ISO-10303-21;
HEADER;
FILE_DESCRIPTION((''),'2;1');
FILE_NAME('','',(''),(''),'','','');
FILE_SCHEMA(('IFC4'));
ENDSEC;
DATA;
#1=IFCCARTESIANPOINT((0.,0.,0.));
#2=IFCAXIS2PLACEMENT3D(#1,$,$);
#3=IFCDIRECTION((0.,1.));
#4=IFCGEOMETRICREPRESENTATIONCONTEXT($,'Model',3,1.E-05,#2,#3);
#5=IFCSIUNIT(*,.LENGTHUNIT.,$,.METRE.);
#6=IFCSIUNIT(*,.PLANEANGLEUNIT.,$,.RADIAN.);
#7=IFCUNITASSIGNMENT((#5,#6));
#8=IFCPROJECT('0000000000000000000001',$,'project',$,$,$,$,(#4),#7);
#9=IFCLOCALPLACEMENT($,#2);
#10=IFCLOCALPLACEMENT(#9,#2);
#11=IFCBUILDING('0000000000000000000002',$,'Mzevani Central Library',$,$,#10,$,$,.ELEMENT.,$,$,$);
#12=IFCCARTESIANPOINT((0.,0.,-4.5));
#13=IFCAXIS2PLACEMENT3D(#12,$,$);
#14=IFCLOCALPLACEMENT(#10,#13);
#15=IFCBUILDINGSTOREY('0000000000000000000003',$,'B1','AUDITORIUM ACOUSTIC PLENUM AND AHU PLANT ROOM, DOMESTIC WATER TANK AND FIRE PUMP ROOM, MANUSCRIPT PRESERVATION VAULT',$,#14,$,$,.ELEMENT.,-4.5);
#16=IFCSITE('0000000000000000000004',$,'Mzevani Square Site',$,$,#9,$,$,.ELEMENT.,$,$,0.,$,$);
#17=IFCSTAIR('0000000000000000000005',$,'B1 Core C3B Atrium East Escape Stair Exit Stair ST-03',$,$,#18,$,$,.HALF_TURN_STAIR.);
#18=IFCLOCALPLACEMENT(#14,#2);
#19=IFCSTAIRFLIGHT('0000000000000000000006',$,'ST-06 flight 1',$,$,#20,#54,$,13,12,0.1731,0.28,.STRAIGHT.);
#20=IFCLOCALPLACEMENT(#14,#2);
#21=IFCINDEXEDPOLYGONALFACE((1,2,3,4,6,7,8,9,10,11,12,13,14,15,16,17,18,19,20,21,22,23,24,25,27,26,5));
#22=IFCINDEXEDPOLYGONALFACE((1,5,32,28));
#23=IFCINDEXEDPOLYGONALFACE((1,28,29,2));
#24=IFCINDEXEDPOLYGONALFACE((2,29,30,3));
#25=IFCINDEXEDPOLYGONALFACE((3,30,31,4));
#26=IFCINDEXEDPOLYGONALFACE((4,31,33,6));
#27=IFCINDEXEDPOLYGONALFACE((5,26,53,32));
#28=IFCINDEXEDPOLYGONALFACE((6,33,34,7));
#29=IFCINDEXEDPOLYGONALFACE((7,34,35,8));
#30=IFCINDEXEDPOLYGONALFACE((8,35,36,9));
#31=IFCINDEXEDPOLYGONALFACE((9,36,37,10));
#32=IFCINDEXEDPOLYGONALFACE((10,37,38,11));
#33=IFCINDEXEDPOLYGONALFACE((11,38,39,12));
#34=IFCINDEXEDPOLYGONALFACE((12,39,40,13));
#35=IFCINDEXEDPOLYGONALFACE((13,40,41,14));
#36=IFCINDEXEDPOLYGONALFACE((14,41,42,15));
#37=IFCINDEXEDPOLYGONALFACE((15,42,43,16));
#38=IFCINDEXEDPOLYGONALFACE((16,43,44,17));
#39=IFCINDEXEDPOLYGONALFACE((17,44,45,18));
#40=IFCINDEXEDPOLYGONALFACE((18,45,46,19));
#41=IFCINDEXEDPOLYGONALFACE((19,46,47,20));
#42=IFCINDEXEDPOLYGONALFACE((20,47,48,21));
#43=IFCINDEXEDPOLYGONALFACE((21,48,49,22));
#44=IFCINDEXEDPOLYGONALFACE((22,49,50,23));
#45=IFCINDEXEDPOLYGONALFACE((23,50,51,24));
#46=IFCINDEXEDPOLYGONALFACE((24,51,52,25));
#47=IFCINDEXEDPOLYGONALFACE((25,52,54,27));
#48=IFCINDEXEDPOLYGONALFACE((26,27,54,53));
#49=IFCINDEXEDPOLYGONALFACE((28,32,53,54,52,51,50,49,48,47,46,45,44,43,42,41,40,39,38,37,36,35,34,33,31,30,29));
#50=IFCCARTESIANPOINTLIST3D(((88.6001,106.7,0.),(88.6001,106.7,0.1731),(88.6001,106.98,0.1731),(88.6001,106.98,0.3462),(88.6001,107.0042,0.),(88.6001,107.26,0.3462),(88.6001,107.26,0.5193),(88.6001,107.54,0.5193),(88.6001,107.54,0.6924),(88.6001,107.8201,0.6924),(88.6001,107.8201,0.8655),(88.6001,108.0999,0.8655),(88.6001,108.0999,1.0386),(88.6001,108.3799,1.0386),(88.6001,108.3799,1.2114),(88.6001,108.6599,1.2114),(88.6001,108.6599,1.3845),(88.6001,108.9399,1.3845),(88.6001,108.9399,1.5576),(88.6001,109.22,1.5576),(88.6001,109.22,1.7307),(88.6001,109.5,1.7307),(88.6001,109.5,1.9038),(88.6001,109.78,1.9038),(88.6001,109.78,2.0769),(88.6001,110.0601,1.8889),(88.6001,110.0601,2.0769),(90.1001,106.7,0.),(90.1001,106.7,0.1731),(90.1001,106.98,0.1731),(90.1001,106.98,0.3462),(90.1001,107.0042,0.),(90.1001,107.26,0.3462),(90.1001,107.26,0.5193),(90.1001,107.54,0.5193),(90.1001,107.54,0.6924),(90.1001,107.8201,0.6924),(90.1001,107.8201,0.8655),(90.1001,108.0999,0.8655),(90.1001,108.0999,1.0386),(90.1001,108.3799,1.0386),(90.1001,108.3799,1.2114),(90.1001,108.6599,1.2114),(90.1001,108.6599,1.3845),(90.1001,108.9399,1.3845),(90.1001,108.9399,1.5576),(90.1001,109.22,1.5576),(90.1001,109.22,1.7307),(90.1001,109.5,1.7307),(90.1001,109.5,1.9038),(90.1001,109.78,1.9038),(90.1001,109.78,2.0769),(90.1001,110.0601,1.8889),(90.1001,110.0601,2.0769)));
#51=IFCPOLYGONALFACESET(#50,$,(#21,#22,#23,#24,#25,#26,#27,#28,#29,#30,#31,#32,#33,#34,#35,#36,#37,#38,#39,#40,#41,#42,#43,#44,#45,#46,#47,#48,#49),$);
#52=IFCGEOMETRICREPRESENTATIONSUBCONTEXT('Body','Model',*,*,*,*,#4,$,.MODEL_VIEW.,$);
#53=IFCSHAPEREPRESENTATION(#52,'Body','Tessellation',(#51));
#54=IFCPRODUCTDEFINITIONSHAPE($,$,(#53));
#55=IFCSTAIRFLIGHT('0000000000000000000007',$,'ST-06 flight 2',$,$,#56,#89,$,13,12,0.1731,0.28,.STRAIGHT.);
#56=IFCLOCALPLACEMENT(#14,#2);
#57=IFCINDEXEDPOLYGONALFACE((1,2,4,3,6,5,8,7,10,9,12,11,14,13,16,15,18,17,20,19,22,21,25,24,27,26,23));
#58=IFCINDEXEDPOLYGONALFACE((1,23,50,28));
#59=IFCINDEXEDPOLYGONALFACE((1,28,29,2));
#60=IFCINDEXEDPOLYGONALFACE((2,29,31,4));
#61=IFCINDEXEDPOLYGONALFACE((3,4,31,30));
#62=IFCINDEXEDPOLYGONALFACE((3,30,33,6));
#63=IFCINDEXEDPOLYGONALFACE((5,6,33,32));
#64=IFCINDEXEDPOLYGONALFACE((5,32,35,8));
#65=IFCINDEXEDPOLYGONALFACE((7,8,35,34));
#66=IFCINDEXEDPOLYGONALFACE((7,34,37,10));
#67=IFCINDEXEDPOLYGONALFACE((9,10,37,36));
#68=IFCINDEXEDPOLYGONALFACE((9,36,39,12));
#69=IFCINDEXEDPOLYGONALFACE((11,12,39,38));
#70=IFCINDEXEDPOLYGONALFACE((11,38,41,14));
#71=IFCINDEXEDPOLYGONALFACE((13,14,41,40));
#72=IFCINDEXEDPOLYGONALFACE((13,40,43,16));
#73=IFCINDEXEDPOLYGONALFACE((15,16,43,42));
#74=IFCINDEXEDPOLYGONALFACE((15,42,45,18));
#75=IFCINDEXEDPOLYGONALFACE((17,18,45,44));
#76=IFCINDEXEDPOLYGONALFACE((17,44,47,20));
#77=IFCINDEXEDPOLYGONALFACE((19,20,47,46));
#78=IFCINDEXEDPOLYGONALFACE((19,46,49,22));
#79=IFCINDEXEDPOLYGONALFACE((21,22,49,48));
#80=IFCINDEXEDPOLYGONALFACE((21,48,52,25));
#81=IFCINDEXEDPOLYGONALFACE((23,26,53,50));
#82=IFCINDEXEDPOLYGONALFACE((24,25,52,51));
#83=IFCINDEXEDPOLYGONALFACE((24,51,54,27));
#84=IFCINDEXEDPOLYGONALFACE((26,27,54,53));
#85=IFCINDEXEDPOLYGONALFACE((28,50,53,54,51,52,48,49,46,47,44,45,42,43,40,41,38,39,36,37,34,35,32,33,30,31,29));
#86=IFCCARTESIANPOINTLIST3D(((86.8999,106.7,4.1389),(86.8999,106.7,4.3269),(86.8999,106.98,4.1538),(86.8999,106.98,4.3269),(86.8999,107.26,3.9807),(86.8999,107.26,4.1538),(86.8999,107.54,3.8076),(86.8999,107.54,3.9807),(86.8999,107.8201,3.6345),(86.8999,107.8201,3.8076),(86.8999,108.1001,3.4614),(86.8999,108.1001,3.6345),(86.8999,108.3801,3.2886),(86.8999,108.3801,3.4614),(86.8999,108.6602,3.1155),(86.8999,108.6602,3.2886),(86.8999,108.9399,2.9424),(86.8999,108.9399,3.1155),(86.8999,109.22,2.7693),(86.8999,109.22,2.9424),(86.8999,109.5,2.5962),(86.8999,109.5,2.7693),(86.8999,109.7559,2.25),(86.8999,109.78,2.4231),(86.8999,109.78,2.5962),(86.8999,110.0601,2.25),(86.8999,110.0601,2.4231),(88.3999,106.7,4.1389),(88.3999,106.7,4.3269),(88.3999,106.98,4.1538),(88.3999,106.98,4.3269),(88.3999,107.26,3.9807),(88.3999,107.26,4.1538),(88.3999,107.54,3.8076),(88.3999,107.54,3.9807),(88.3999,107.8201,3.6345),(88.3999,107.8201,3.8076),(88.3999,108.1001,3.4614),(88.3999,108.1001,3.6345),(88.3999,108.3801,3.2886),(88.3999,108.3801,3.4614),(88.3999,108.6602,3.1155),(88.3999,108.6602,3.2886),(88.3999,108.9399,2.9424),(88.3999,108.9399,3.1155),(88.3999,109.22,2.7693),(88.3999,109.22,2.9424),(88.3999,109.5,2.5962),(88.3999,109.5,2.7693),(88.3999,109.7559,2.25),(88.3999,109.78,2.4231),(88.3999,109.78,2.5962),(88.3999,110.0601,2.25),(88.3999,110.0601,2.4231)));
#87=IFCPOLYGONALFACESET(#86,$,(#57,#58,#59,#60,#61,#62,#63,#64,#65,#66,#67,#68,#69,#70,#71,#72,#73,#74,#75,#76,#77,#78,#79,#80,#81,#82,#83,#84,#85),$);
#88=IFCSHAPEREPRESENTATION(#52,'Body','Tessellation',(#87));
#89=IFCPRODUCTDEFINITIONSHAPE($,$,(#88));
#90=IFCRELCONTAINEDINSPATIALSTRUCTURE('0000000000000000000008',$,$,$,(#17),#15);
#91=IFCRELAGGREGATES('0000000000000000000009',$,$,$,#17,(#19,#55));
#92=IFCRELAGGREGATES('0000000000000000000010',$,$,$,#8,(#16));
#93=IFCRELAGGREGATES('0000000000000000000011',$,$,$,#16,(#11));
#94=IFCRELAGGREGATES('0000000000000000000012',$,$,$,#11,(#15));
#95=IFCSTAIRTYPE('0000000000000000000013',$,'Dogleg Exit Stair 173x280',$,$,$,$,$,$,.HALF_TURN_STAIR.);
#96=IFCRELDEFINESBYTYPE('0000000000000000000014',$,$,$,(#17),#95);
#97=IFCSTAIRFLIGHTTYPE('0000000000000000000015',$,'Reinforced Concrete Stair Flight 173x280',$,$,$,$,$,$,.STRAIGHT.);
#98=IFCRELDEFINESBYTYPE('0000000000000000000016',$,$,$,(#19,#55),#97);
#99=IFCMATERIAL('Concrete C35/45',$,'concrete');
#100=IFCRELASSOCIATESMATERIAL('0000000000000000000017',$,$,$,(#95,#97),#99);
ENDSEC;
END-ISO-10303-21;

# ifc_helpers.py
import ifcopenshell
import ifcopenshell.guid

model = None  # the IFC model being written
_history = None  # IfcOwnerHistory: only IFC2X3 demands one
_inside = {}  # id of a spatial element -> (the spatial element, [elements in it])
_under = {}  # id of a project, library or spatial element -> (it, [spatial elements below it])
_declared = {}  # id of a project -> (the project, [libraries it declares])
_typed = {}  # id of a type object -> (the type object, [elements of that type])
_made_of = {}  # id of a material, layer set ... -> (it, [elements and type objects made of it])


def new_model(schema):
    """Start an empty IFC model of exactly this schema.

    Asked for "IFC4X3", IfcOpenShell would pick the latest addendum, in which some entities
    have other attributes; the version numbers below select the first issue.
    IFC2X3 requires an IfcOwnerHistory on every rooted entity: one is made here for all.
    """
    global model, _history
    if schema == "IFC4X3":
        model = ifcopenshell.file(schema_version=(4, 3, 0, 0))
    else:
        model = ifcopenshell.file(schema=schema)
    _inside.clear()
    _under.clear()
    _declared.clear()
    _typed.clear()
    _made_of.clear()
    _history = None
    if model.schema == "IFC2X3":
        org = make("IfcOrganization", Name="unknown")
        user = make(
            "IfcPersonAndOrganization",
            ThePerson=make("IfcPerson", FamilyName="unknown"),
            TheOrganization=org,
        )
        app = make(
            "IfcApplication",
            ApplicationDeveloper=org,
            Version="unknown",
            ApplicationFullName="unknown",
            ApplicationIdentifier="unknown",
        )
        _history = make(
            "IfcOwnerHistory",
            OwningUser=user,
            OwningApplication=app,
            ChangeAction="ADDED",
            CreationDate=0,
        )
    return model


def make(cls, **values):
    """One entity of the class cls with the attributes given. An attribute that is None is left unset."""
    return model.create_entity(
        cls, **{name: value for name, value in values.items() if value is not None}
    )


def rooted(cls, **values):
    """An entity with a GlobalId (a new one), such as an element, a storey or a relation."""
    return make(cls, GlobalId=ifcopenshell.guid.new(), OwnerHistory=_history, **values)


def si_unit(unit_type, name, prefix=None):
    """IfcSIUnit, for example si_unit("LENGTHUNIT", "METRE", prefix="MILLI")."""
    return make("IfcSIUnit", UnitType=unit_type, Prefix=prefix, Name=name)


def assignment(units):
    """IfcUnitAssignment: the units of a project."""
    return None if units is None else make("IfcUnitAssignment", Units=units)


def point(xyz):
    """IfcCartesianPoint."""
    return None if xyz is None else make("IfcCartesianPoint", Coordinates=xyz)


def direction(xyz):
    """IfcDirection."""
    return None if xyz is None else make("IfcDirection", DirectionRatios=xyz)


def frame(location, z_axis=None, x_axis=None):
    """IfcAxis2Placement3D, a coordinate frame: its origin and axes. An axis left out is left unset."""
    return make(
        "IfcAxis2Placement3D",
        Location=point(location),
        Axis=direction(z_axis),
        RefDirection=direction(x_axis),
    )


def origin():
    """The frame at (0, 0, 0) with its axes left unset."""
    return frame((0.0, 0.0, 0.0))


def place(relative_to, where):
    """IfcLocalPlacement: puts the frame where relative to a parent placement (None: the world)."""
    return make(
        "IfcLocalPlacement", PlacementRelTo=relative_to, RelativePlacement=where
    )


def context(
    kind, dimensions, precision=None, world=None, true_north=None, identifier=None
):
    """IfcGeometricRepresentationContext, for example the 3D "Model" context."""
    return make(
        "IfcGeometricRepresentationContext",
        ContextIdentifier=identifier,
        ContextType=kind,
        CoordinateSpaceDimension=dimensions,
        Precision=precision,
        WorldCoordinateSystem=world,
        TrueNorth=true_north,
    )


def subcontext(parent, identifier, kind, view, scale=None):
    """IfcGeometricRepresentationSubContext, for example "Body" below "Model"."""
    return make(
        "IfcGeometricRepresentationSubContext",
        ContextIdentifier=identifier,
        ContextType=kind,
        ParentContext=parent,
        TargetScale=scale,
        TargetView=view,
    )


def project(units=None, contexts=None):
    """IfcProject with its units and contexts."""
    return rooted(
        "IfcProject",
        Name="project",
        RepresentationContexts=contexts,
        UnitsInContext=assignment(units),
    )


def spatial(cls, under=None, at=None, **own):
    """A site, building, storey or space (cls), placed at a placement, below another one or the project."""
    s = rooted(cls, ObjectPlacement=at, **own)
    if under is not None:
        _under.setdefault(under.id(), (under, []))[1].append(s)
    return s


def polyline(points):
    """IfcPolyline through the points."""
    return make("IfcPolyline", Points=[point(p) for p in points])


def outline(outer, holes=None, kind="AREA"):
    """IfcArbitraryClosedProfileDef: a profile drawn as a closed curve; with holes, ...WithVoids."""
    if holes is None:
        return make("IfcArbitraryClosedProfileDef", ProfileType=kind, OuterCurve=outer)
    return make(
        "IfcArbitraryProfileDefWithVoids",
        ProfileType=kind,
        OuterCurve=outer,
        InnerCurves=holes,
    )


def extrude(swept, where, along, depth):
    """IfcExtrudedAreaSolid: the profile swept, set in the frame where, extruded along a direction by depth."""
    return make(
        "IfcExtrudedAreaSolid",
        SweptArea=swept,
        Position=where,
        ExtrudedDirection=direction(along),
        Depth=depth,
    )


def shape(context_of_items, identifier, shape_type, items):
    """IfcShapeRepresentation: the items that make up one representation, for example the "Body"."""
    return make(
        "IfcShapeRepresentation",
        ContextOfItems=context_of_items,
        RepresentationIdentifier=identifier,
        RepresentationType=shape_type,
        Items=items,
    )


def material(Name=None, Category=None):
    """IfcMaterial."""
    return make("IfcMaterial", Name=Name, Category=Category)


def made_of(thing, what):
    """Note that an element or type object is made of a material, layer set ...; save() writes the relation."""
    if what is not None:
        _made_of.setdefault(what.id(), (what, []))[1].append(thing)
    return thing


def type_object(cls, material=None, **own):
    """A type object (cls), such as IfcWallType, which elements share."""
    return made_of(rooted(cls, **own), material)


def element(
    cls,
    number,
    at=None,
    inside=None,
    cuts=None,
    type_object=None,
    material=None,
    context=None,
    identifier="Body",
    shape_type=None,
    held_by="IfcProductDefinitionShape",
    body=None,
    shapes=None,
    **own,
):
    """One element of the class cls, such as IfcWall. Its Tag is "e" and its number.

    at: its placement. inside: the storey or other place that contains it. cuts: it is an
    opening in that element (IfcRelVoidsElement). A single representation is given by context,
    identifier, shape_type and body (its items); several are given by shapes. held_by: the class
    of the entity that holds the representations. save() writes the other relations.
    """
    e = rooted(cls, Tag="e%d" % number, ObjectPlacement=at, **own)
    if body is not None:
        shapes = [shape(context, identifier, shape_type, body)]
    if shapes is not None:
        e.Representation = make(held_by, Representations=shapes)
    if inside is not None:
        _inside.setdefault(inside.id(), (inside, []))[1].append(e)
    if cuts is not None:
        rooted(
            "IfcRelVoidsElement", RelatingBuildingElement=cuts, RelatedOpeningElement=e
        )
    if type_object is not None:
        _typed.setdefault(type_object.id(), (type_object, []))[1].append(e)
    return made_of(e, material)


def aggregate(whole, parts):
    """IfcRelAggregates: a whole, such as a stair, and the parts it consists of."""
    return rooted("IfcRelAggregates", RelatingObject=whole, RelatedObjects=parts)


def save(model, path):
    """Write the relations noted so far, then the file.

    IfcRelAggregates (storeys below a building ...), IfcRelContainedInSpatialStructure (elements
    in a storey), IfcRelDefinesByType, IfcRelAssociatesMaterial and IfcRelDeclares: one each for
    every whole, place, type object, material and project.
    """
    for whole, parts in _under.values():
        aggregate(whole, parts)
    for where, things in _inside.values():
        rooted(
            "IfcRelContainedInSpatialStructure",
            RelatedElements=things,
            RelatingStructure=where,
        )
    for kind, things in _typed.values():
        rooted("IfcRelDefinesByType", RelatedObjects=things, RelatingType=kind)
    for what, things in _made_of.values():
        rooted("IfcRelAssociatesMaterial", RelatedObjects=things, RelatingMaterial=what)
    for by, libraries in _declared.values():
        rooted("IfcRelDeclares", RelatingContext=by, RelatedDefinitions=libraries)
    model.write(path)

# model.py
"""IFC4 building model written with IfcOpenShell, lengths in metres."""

from ifc_helpers import new_model, si_unit, direction, frame, origin, place, context, subcontext, project, spatial, polyline, outline, extrude, material, type_object, element, aggregate, save


model = new_model("IFC4")

# Units and contexts
model_context = context("Model", 3, precision=1e-05, world=origin(), true_north=direction((0.0, 1.0)))
body_context = subcontext(model_context, "Body", "Model", "MODEL_VIEW")
ifc_project = project(units=[si_unit("LENGTHUNIT", "METRE"), si_unit("PLANEANGLEUNIT", "RADIAN")], contexts=[model_context])

# Site, building, storey
site_placement = place(None, origin())
site = spatial("IfcSite", under=ifc_project, at=site_placement, Name="Mzevani Square Site", CompositionType="ELEMENT", RefElevation=0.0)
building_placement = place(site_placement, origin())
building = spatial("IfcBuilding", under=site, at=building_placement, Name="Mzevani Central Library", CompositionType="ELEMENT")
storey_placement = place(building_placement, frame((0.0, 0.0, -4.5)))
storey = spatial("IfcBuildingStorey", under=building, at=storey_placement, Name="B1", Description="AUDITORIUM ACOUSTIC PLENUM AND AHU PLANT ROOM, DOMESTIC WATER TANK AND FIRE PUMP ROOM, MANUSCRIPT PRESERVATION VAULT", CompositionType="ELEMENT", Elevation=-4.5)

# Shared definitions
ifc_material_1 = material(Name="Concrete C35/45", Category="concrete")

# Stair, stair flights
stair_type = type_object("IfcStairType", Name="Dogleg Exit Stair 173x280", PredefinedType="HALF_TURN_STAIR", material=ifc_material_1)
stair_placement = place(storey_placement, origin())
stair = element("IfcStair", 1, at=stair_placement, inside=storey, type_object=stair_type, Name="B1 Core C3B Atrium East Escape Stair Exit Stair ST-03", PredefinedType="HALF_TURN_STAIR")
stair_flight_type = type_object("IfcStairFlightType", Name="Reinforced Concrete Stair Flight 173x280", PredefinedType="STRAIGHT", material=ifc_material_1)
stair_flight_1_placement = place(storey_placement, frame((89.3501, 106.7, 0.0), z_axis=(0.0, 0.0, 1.0), x_axis=(0.0, 1.0, 0.0)))
stair_flight_1 = element("IfcStairFlight", 2, at=stair_flight_1_placement, type_object=stair_flight_type, Name="ST-06 flight 1", NumberOfRisers=13, NumberOfTreads=12, PredefinedType="STRAIGHT", RiserHeight=0.1731, TreadLength=0.28, context=body_context, shape_type="SweptSolid", body=[
    extrude(outline(polyline([(0.0, 0.0), (0.0, 0.1731), (0.28, 0.1731), (0.28, 0.3462), (0.5601, 0.3462), (0.5601, 0.5193), (0.8401, 0.5193), (0.8401, 0.6924), (1.1201, 0.6924), (1.1201, 0.8655), (1.3999, 0.8655), (1.3999, 1.0386), (1.6799, 1.0386), (1.6799, 1.2114), (1.96, 1.2114), (1.96, 1.3845), (2.24, 1.3845), (2.24, 1.5576), (2.52, 1.5576), (2.52, 1.7307), (2.8, 1.7307), (2.8, 1.9038), (3.0801, 1.9038), (3.0801, 2.0769), (3.3601, 2.0769), (3.3601, 2.25), (3.3601, 1.8889), (0.3042, 0.0), (0.0, 0.0)])), frame((0.0, 0.75, 0.0), z_axis=(0.0, -1.0, 0.0), x_axis=(1.0, 0.0, 0.0)), (0.0, 0.0, 1.0), 1.5),
])
stair_flight_2_placement = place(storey_placement, frame((87.6499, 110.0601, 2.25), z_axis=(0.0, 0.0, 1.0), x_axis=(0.0, -1.0, 0.0)))
stair_flight_2 = element("IfcStairFlight", 3, at=stair_flight_2_placement, type_object=stair_flight_type, Name="ST-06 flight 2", NumberOfRisers=13, NumberOfTreads=12, PredefinedType="STRAIGHT", RiserHeight=0.1731, TreadLength=0.28, context=body_context, shape_type="SweptSolid", body=[
    extrude(outline(polyline([(0.0, 0.0), (0.0, 0.1731), (0.28, 0.1731), (0.28, 0.3462), (0.5601, 0.3462), (0.5601, 0.5193), (0.8401, 0.5193), (0.8401, 0.6924), (1.1201, 0.6924), (1.1201, 0.8655), (1.3999, 0.8655), (1.3999, 1.0386), (1.6799, 1.0386), (1.6799, 1.2114), (1.96, 1.2114), (1.96, 1.3845), (2.24, 1.3845), (2.24, 1.5576), (2.52, 1.5576), (2.52, 1.7307), (2.8, 1.7307), (2.8, 1.9038), (3.0801, 1.9038), (3.0801, 2.0769), (3.3601, 2.0769), (3.3601, 2.25), (3.3601, 1.8889), (0.3042, 0.0), (0.0, 0.0)])), frame((0.0, 0.75, 0.0), z_axis=(0.0, -1.0, 0.0), x_axis=(1.0, 0.0, 0.0)), (0.0, 0.0, 1.0), 1.5),
])
aggregate(stair, [stair_flight_1, stair_flight_2])

save(model, "model.ifc")
